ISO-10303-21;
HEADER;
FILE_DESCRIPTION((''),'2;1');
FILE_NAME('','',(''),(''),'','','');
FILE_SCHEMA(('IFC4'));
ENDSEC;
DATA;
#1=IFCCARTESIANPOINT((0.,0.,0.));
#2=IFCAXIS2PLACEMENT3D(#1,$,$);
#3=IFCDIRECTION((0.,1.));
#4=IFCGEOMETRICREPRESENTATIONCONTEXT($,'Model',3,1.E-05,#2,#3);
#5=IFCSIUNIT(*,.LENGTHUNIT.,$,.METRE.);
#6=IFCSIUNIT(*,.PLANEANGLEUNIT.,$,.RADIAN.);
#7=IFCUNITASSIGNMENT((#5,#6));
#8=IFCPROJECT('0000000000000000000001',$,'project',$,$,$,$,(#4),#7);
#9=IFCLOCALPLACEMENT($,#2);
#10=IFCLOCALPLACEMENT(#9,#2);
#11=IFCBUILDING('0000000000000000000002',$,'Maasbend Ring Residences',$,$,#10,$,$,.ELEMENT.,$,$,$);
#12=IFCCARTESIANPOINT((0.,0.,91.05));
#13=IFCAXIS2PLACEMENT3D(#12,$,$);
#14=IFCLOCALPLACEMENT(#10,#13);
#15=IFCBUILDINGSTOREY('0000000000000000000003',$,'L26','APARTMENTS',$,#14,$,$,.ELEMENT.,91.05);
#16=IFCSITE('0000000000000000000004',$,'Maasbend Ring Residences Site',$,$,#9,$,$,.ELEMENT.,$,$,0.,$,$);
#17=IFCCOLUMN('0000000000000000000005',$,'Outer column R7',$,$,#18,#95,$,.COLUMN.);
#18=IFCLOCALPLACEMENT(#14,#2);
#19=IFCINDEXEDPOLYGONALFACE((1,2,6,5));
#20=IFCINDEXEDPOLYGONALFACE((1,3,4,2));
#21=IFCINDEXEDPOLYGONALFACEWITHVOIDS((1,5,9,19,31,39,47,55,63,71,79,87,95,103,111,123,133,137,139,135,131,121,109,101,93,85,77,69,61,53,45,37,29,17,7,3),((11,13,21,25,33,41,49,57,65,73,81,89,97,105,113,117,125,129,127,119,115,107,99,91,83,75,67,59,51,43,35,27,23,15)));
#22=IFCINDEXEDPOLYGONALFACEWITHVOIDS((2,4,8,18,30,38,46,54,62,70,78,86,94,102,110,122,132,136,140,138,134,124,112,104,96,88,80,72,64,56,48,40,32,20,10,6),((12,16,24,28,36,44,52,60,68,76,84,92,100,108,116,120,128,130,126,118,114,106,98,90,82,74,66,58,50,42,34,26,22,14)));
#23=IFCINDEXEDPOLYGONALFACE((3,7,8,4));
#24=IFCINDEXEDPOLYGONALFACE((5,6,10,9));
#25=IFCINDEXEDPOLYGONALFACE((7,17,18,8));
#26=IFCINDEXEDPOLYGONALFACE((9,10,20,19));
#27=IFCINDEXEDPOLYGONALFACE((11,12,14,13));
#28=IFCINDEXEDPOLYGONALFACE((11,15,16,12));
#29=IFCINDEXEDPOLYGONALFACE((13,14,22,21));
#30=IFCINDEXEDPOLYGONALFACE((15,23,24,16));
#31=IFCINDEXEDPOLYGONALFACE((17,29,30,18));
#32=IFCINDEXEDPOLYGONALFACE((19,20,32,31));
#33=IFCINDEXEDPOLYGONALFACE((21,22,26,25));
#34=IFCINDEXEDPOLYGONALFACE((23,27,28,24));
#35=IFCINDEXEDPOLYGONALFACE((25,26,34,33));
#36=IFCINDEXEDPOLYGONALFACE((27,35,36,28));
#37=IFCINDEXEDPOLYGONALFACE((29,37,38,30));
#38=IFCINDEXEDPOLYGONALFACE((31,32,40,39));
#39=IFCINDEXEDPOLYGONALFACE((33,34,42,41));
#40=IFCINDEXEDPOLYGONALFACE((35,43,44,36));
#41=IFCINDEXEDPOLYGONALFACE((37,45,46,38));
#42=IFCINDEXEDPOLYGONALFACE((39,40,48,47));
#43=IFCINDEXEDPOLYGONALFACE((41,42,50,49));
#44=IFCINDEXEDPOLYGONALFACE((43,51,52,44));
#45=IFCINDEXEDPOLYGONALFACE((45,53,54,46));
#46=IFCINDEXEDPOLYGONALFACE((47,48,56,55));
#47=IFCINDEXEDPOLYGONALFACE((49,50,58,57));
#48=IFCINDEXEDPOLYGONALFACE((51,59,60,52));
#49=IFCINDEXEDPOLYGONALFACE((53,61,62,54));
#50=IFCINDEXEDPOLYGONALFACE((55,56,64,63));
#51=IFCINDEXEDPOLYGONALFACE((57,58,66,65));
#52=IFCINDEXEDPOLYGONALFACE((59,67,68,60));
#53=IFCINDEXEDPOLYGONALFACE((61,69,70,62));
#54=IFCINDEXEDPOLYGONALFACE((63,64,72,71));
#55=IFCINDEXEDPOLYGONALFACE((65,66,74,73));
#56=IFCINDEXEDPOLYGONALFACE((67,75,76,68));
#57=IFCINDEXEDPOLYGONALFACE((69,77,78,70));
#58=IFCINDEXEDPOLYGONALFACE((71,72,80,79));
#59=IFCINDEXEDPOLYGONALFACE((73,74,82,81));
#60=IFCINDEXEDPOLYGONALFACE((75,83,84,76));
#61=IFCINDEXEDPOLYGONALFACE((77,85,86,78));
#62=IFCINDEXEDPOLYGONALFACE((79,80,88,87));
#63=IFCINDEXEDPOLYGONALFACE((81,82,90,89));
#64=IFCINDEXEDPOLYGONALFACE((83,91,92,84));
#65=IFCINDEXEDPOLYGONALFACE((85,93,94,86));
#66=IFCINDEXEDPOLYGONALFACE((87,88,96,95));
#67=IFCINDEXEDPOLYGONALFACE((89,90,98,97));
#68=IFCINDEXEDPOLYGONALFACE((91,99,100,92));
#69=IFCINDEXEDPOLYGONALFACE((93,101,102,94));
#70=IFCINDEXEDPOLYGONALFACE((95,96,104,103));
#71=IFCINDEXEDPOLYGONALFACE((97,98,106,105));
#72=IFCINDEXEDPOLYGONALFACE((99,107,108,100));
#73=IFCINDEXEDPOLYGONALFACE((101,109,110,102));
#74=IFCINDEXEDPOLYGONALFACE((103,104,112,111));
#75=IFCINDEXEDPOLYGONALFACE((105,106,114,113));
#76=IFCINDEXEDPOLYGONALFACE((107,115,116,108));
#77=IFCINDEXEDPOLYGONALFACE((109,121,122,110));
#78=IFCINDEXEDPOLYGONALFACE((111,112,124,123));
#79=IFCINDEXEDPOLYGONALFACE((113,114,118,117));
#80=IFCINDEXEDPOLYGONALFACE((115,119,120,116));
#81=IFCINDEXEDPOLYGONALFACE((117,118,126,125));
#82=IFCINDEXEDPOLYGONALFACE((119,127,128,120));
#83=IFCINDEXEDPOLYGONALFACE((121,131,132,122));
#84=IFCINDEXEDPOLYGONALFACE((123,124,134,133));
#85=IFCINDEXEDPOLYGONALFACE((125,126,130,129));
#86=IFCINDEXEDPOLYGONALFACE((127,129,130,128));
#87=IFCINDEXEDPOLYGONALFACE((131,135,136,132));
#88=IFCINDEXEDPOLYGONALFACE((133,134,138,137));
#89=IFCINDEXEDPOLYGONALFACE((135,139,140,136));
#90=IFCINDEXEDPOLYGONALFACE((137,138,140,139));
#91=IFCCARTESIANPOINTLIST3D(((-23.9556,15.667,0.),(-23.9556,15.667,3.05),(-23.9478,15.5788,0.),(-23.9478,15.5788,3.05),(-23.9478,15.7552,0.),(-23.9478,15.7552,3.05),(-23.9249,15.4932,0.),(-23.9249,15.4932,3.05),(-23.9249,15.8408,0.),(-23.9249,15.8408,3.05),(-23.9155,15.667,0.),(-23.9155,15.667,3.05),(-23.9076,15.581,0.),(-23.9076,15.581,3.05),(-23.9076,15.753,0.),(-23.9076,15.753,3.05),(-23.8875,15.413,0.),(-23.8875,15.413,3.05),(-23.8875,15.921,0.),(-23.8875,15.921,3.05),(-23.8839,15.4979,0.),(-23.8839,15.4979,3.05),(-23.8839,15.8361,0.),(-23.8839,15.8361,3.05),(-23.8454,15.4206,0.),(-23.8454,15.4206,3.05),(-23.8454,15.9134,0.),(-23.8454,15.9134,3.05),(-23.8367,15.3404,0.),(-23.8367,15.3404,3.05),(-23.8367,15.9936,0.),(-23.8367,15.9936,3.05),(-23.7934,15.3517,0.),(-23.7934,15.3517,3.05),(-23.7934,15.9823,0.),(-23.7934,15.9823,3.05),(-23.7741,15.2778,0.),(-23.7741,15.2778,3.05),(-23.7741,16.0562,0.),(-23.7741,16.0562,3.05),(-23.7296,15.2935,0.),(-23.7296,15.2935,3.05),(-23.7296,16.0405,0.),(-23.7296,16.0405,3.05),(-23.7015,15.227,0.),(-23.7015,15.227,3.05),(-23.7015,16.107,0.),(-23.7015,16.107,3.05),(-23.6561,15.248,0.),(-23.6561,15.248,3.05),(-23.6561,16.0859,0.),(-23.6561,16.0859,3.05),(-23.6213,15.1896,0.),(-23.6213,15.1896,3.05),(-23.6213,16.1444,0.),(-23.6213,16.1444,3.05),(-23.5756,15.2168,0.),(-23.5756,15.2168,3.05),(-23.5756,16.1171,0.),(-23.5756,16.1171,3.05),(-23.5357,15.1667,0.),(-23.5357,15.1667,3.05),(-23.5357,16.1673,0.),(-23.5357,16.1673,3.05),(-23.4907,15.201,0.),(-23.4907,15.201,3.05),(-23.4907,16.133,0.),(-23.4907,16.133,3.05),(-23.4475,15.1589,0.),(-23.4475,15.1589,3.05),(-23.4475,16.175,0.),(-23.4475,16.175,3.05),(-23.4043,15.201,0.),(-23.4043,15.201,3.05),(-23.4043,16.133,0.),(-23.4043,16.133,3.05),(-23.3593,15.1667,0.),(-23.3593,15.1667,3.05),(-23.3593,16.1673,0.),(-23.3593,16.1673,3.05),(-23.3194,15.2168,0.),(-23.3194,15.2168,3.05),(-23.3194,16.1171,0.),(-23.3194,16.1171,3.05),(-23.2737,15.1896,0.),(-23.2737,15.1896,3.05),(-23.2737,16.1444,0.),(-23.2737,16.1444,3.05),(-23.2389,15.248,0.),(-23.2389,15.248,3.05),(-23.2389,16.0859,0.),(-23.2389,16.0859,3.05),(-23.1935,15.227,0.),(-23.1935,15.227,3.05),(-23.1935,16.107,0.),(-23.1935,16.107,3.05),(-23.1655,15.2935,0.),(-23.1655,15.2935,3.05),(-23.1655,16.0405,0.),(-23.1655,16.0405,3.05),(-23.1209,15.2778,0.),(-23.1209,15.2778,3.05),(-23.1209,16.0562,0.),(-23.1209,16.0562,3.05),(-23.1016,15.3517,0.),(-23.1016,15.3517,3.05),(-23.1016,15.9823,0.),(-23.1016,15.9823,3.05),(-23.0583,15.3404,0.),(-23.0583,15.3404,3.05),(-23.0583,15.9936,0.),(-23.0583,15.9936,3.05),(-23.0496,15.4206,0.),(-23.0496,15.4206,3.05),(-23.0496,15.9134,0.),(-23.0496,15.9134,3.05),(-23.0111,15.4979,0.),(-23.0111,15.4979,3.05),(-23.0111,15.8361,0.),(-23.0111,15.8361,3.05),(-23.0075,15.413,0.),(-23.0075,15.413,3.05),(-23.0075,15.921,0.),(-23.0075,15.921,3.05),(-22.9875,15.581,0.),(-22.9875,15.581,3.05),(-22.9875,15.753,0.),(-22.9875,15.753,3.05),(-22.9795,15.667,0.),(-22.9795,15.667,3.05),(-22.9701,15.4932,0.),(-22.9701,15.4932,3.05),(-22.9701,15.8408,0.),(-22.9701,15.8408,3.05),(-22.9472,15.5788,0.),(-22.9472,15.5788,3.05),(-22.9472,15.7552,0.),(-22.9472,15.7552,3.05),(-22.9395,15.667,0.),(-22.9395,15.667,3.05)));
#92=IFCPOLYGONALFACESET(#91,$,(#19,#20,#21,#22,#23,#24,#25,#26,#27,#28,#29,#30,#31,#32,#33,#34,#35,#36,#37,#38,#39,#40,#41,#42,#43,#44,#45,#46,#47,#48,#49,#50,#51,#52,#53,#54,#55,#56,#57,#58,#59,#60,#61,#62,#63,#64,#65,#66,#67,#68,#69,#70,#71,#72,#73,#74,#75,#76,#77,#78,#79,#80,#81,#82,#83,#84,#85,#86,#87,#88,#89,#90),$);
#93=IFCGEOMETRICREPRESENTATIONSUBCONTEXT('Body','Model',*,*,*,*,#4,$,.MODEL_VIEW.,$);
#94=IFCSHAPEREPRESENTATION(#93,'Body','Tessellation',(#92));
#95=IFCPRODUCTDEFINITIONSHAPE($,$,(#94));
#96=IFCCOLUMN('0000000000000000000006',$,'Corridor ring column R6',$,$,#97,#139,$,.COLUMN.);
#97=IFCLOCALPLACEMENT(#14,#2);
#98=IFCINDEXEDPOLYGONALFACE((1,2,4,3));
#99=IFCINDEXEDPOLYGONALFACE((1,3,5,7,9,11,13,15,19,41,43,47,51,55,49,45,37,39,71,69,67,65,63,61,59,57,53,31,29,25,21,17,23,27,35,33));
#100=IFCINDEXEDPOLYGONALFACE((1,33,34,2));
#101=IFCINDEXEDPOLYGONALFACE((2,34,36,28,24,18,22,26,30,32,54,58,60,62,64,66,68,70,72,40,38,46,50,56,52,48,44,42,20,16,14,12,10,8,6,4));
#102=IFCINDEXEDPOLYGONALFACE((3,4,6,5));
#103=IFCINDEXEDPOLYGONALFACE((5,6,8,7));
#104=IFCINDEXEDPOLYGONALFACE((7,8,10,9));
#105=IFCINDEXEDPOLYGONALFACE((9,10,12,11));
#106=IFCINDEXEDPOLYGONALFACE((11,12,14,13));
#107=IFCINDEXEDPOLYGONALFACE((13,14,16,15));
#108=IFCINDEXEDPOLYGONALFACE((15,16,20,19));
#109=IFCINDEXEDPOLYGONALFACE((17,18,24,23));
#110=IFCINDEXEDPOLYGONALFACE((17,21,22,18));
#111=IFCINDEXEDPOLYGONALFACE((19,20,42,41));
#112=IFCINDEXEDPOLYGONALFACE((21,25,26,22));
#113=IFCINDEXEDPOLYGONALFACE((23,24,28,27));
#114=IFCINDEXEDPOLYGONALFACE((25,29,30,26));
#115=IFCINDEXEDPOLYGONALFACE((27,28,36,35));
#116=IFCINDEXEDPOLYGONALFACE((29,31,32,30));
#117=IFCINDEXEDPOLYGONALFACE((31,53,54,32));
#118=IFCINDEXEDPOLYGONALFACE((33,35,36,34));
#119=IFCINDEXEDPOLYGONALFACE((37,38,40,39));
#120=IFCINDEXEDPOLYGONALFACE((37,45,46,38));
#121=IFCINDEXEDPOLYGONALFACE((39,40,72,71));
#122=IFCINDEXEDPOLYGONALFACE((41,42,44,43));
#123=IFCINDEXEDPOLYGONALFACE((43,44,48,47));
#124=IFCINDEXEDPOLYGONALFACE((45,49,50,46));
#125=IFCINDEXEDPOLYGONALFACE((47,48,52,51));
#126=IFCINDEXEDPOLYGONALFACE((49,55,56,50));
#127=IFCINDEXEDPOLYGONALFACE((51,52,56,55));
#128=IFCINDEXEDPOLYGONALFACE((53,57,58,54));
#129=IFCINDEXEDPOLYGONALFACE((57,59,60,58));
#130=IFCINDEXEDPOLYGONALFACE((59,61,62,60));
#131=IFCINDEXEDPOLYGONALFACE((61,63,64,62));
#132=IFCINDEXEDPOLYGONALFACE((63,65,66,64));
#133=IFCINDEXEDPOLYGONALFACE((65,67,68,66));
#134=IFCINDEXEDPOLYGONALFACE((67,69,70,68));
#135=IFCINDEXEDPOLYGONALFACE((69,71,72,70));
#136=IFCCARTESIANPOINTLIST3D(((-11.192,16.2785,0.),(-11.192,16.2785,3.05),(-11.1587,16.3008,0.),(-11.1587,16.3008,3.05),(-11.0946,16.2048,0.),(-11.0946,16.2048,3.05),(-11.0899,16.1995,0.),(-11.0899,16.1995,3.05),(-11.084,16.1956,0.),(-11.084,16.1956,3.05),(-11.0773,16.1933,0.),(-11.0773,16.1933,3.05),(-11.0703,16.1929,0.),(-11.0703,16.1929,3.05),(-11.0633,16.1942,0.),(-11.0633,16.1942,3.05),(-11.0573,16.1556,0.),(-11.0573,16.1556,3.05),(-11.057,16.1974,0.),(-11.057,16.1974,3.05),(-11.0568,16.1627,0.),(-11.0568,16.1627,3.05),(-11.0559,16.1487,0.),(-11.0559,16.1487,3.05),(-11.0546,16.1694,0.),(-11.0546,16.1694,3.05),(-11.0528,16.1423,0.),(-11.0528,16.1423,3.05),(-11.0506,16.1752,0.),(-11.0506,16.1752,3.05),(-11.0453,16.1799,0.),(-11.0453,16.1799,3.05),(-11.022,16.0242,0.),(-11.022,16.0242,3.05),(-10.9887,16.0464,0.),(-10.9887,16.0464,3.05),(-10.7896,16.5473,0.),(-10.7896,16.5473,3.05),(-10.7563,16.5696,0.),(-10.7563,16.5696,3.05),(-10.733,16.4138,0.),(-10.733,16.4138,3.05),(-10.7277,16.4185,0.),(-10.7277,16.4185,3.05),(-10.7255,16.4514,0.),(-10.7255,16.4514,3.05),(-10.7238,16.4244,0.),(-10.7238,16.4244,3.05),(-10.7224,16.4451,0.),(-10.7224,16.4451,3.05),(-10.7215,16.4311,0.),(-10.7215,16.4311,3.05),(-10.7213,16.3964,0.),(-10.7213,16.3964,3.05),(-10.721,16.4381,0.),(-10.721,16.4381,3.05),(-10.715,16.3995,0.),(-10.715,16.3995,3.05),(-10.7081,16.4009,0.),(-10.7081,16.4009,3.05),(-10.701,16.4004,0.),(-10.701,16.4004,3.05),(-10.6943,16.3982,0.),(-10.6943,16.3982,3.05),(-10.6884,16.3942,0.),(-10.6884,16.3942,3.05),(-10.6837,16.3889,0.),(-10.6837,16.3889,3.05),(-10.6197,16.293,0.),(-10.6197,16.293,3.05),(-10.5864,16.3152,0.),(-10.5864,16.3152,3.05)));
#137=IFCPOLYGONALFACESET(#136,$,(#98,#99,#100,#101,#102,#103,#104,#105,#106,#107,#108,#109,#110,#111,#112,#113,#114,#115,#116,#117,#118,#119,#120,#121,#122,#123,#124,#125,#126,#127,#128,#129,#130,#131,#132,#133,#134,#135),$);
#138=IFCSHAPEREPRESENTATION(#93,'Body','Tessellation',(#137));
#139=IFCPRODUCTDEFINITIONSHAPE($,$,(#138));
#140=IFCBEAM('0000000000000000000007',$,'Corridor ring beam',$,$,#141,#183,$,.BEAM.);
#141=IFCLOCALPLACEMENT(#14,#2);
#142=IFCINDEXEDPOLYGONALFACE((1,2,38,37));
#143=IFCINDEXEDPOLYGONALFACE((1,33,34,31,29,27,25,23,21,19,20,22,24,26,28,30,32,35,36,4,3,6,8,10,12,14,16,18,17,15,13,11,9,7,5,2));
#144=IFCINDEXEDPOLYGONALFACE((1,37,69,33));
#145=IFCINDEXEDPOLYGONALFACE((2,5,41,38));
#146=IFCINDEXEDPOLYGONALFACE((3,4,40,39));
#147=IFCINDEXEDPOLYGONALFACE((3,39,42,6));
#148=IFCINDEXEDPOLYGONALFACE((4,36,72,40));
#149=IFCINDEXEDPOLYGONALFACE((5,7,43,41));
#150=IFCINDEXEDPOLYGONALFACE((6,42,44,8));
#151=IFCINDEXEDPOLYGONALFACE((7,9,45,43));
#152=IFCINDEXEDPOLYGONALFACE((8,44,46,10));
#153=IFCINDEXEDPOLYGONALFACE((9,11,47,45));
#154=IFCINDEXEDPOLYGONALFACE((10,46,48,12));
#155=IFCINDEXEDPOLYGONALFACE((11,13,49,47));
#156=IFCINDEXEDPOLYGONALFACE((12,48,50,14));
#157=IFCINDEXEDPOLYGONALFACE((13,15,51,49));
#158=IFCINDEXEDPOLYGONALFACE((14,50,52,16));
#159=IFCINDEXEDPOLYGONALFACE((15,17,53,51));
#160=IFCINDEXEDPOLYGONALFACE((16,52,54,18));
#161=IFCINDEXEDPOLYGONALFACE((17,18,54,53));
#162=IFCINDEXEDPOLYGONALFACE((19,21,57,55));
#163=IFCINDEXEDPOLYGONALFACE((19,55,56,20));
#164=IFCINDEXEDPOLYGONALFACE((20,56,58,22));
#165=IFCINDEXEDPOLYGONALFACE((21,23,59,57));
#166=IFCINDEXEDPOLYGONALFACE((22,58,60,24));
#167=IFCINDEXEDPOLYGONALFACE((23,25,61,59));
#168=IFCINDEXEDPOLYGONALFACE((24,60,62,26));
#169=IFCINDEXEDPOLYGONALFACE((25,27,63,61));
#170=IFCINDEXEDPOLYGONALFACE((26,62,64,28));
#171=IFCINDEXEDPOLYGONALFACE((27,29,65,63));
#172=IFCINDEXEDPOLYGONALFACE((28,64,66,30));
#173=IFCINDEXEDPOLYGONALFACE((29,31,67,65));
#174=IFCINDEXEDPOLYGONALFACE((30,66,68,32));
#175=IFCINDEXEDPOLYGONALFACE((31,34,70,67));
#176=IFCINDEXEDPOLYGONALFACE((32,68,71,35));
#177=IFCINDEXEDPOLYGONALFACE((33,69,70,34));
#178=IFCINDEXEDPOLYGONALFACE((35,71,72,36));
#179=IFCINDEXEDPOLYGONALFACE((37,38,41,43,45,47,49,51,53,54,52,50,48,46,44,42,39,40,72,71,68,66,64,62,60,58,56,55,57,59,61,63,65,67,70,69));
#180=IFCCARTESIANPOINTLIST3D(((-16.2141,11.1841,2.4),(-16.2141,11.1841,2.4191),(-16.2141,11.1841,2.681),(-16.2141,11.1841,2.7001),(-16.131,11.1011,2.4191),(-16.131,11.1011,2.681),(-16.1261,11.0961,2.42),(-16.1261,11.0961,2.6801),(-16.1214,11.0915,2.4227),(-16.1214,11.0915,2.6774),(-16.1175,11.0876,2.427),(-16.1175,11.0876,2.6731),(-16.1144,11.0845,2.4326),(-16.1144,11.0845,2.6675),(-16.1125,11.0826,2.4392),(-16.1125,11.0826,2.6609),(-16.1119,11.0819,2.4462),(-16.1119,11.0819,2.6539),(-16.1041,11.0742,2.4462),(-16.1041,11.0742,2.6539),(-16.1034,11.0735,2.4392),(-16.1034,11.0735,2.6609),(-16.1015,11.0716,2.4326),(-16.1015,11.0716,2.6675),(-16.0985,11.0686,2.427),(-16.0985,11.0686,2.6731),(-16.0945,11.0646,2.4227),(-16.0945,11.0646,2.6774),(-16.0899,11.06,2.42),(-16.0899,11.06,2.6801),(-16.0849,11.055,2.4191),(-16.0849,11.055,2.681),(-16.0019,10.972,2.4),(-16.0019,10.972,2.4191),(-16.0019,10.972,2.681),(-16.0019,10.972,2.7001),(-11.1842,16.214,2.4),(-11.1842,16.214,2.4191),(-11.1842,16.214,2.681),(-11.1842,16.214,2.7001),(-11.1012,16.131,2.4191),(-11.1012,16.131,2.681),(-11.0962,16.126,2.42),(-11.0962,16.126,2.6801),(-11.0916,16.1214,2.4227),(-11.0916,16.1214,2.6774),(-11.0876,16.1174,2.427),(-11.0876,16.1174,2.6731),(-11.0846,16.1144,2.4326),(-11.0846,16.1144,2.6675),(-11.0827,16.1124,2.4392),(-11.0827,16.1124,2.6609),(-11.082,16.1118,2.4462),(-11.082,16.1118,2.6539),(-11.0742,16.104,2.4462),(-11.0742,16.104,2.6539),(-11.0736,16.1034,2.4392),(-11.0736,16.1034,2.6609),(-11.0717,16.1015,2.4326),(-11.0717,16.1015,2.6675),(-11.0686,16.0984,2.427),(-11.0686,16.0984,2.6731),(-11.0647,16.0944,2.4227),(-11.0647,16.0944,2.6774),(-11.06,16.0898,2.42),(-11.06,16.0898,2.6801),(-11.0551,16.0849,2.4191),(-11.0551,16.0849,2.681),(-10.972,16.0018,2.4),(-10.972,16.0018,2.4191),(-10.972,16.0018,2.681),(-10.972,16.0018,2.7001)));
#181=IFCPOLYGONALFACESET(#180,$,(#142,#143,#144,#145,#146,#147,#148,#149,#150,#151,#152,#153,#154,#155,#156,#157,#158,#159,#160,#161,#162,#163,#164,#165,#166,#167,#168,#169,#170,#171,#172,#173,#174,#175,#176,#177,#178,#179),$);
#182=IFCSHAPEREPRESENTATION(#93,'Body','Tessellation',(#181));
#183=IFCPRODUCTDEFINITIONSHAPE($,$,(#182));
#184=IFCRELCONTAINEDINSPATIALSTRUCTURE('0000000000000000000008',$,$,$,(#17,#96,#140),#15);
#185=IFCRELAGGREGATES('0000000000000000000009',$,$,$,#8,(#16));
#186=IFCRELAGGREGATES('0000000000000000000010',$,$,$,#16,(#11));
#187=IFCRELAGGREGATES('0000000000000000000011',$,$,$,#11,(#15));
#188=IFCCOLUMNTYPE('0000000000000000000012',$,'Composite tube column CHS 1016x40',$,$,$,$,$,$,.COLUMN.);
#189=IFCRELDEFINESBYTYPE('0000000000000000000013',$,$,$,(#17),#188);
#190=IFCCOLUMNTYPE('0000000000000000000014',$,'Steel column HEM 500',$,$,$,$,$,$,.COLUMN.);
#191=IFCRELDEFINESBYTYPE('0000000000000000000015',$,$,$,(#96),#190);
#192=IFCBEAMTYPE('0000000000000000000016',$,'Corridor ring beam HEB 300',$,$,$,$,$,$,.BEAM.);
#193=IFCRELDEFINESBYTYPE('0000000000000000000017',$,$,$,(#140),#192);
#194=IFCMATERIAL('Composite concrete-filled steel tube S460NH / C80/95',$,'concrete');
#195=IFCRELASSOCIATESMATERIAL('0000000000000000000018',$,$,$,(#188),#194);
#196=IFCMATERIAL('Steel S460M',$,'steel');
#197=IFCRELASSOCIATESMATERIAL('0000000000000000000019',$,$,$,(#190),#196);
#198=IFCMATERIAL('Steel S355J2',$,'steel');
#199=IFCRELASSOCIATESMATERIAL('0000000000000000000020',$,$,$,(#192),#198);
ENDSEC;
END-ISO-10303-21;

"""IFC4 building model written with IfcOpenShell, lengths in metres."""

from ifc_helpers import new_model, si_unit, direction, frame, origin, origin_2d, place, context, subcontext, project, spatial, hollow_circle, i_section, extrude, material, material_profile, profile_set, type_object, element, save


model = new_model("IFC4")

# Units and contexts
model_context = context("Model", 3, precision=1e-05, world=origin(), true_north=direction((0.0, 1.0)))
body_context = subcontext(model_context, "Body", "Model", "MODEL_VIEW")
ifc_project = project(units=[si_unit("LENGTHUNIT", "METRE"), si_unit("PLANEANGLEUNIT", "RADIAN")], contexts=[model_context])

# Site, building, storey
site_placement = place(None, origin())
site = spatial("IfcSite", under=ifc_project, at=site_placement, Name="Maasbend Ring Residences Site", CompositionType="ELEMENT", RefElevation=0.0)
building_placement = place(site_placement, origin())
building = spatial("IfcBuilding", under=site, at=building_placement, Name="Maasbend Ring Residences", CompositionType="ELEMENT")
storey_placement = place(building_placement, frame((0.0, 0.0, 91.05)))
storey = spatial("IfcBuildingStorey", under=building, at=storey_placement, Name="L26", Description="APARTMENTS", CompositionType="ELEMENT", Elevation=91.05)

# Columns
ifc_material_1 = material(Name="Composite concrete-filled steel tube S460NH / C80/95", Category="concrete")
ifc_material_profile_1 = material_profile(ifc_material_1, hollow_circle(Radius=0.5081, WallThickness=0.04, at=origin_2d()), Name="Composite tube column CHS 1016x40")
ifc_profile_set_1 = profile_set([ifc_material_profile_1], Name="Composite concrete-filled steel tube S460NH / C80/95")
column_type_1 = type_object("IfcColumnType", Name="Composite tube column CHS 1016x40", PredefinedType="COLUMN", material=ifc_profile_set_1)
column_1_placement = place(storey_placement, frame((-23.4475, 15.667, 0.0), z_axis=(0.0, 0.0, 1.0), x_axis=(1.0, 0.0, 0.0)))
element("IfcColumn", 1, at=column_1_placement, inside=storey, type_object=column_type_1, Name="Outer column R7", PredefinedType="COLUMN", context=body_context, shape_type="SweptSolid", body=[
    extrude(hollow_circle(Radius=0.5081, WallThickness=0.04, at=origin_2d()), origin(), (0.0, 0.0, 1.0), 3.05),
])
ifc_material_2 = material(Name="Steel S460M", Category="steel")
ifc_material_profile_2 = material_profile(ifc_material_2, i_section(OverallWidth=0.3059, OverallDepth=0.5239, WebThickness=0.021, FlangeThickness=0.04, FilletRadius=0.0271, at=origin_2d()), Name="HEM 500")
ifc_profile_set_2 = profile_set([ifc_material_profile_2], Name="Steel S460M")
column_type_2 = type_object("IfcColumnType", Name="Steel column HEM 500", PredefinedType="COLUMN", material=ifc_profile_set_2)
column_2_placement = place(storey_placement, frame((-10.8892, 16.2969, 0.0), z_axis=(0.0, 0.0, 1.0), x_axis=(-0.55557, 0.83147, 0.0)))
element("IfcColumn", 2, at=column_2_placement, inside=storey, type_object=column_type_2, Name="Corridor ring column R6", PredefinedType="COLUMN", context=body_context, shape_type="SweptSolid", body=[
    extrude(i_section(OverallWidth=0.3059, OverallDepth=0.5239, WebThickness=0.021, FlangeThickness=0.04, FilletRadius=0.0271, at=origin_2d()), origin(), (0.0, 0.0, 1.0), 3.05),
])

# Beam
ifc_material_3 = material(Name="Steel S355J2", Category="steel")
ifc_material_profile_3 = material_profile(ifc_material_3, i_section(OverallWidth=0.3, OverallDepth=0.3, WebThickness=0.011, FlangeThickness=0.019, FilletRadius=0.0271, at=origin_2d()), Name="HEB 300")
ifc_profile_set_3 = profile_set([ifc_material_profile_3], Name="Steel S355J2")
beam_type = type_object("IfcBeamType", Name="Corridor ring beam HEB 300", PredefinedType="BEAM", material=ifc_profile_set_3)
beam_placement = place(storey_placement, frame((-11.0781, 16.1079, 2.55), z_axis=(-0.707107, -0.707107, 0.0), x_axis=(0.707107, -0.707107, 0.0)))
element("IfcBeam", 3, at=beam_placement, inside=storey, type_object=beam_type, Name="Corridor ring beam", PredefinedType="BEAM", context=body_context, shape_type="SweptSolid", body=[
    extrude(i_section(OverallWidth=0.3, OverallDepth=0.3, WebThickness=0.011, FlangeThickness=0.019, FilletRadius=0.0271, at=origin_2d()), origin(), (0.0, 0.0, 1.0), 7.1133),
])

save(model, "model.ifc")
